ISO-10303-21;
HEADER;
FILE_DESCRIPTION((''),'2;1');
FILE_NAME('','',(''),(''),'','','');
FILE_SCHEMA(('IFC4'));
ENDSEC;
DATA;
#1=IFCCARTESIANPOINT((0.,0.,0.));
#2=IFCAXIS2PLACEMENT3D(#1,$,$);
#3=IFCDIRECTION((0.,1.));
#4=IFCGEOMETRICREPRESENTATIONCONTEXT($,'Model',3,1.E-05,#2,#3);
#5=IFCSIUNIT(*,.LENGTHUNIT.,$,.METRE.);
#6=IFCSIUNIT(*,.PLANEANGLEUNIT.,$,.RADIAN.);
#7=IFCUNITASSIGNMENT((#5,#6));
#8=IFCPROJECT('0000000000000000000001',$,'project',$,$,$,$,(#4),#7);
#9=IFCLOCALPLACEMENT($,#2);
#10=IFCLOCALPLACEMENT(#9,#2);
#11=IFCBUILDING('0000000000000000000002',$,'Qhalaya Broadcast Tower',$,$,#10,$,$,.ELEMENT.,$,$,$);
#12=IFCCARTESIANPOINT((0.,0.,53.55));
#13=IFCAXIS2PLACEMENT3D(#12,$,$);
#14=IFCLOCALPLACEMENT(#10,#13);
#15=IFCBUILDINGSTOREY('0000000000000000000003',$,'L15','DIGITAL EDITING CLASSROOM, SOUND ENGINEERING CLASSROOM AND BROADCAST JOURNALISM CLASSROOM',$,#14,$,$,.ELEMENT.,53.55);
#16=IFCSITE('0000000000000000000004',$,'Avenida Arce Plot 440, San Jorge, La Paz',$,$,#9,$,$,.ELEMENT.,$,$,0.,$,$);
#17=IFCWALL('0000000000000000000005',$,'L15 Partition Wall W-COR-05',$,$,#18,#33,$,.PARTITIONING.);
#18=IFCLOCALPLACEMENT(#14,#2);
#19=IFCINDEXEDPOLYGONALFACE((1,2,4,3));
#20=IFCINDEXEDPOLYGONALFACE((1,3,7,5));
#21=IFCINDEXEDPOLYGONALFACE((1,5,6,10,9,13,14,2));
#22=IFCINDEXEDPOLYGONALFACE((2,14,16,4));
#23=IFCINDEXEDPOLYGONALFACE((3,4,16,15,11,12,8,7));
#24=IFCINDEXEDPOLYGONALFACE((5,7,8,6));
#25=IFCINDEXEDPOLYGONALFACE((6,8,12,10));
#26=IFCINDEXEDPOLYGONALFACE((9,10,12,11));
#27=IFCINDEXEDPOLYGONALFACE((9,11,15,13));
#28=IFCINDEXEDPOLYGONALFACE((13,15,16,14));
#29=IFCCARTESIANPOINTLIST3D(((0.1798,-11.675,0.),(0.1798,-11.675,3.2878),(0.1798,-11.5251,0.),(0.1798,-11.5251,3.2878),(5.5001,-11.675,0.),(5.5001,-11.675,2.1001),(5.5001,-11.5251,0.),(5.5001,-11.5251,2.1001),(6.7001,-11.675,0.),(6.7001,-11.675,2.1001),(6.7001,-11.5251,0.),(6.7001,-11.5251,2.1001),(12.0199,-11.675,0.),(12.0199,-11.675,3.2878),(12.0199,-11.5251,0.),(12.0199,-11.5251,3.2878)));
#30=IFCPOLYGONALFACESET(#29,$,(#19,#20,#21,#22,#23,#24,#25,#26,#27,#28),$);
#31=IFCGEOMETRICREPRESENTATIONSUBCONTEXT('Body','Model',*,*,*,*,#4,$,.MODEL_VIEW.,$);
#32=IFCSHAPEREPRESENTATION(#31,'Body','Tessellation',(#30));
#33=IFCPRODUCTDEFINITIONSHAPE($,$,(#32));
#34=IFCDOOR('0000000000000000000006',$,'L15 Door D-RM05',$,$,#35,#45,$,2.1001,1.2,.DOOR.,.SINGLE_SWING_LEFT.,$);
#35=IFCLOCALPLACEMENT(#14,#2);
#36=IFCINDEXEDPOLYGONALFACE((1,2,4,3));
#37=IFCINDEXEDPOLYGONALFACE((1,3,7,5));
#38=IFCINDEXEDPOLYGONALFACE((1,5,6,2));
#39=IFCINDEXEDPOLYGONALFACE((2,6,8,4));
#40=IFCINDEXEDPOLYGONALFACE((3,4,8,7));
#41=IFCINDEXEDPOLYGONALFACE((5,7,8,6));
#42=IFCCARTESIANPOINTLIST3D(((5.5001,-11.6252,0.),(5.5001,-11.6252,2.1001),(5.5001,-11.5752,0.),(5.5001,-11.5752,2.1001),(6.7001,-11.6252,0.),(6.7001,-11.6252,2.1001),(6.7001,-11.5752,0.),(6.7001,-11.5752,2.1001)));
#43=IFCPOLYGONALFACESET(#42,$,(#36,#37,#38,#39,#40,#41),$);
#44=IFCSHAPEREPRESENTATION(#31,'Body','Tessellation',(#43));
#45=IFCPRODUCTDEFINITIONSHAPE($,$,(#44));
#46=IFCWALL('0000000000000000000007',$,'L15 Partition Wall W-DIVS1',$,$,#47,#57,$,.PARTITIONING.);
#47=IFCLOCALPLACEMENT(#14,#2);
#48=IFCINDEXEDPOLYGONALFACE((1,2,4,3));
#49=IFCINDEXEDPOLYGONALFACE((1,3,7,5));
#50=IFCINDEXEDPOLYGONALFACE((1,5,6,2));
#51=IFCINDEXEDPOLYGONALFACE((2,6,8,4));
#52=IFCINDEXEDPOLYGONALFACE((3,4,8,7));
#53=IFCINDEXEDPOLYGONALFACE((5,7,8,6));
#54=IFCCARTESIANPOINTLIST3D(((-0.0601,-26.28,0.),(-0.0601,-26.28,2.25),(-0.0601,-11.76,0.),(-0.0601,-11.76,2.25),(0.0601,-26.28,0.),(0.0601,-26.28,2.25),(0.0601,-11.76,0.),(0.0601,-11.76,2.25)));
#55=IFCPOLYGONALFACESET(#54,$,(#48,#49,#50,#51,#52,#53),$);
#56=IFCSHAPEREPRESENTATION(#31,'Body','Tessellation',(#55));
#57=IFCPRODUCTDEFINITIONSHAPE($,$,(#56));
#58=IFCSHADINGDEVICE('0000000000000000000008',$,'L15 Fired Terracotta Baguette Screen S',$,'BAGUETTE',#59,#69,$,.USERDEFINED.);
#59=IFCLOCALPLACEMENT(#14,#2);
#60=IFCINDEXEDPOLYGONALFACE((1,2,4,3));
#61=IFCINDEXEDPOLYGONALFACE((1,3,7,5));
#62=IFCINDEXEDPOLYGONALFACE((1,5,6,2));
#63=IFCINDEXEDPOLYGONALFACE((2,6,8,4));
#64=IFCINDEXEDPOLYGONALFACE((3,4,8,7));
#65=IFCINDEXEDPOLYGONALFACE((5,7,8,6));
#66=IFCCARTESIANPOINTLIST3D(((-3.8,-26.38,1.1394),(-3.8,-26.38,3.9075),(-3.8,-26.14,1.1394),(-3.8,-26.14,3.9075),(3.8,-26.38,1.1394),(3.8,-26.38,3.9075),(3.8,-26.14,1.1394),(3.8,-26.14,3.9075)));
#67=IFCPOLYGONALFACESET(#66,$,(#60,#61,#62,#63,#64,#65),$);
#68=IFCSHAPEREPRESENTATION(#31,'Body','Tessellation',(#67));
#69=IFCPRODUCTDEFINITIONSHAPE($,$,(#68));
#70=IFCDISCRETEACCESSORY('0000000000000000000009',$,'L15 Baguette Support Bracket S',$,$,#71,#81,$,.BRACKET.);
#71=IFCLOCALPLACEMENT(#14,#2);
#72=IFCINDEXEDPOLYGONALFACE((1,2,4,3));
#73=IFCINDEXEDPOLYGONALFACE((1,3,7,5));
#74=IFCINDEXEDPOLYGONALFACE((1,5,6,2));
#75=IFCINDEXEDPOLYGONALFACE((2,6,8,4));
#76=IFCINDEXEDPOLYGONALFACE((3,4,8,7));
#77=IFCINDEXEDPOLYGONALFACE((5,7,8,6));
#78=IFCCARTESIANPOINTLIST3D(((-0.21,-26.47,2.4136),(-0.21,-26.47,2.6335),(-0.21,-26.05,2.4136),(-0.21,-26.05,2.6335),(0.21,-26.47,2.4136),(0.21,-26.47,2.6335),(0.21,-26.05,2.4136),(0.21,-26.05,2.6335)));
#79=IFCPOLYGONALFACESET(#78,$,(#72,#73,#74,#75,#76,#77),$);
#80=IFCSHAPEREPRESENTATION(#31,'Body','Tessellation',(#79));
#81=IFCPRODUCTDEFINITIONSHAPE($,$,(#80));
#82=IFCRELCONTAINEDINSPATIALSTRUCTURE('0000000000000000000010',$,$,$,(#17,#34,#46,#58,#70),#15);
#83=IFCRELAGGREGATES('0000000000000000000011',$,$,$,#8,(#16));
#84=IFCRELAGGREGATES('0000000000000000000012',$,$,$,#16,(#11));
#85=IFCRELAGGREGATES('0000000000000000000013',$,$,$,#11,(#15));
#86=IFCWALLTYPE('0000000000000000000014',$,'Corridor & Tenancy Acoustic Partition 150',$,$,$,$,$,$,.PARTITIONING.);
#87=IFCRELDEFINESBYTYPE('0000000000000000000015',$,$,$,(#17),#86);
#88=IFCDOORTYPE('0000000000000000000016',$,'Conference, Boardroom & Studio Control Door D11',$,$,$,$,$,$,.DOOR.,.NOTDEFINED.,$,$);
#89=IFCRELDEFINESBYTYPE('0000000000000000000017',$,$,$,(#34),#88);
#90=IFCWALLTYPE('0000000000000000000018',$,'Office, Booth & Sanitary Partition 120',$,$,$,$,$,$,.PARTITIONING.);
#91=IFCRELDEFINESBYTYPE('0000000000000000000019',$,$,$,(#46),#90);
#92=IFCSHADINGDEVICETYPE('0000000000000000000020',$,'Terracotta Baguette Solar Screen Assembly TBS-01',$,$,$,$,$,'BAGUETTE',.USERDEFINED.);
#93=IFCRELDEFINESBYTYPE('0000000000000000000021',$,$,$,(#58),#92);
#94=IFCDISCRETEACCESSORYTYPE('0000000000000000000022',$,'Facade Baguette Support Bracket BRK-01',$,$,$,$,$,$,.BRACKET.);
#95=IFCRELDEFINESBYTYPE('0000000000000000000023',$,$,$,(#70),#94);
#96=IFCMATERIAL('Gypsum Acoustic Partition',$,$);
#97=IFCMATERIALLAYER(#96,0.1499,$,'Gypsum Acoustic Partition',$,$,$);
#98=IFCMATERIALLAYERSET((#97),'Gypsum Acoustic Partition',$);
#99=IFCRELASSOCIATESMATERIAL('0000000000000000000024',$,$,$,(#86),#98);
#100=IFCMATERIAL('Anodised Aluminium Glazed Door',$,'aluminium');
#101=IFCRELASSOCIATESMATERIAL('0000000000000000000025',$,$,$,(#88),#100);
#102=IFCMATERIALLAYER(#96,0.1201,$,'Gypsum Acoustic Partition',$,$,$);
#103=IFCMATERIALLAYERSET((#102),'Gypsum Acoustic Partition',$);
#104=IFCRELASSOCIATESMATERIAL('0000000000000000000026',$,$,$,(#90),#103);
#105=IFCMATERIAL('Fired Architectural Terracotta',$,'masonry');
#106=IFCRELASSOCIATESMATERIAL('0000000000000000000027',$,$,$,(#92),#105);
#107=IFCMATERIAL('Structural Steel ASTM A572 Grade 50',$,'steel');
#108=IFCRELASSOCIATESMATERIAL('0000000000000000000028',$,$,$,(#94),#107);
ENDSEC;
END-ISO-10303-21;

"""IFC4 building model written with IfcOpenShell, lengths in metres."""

from ifc_helpers import new_model, si_unit, direction, frame, frame_2d, origin, origin_2d, place, context, subcontext, project, spatial, rectangle, extrude, material, layer, layer_set, type_object, element, fill, save


model = new_model("IFC4")

# Units and contexts
model_context = context("Model", 3, precision=1e-05, world=origin(), true_north=direction((0.0, 1.0)))
body_context = subcontext(model_context, "Body", "Model", "MODEL_VIEW")
ifc_project = project(units=[si_unit("LENGTHUNIT", "METRE"), si_unit("PLANEANGLEUNIT", "RADIAN")], contexts=[model_context])

# Site, building, storey
site_placement = place(None, origin())
site = spatial("IfcSite", under=ifc_project, at=site_placement, Name="Avenida Arce Plot 440, San Jorge, La Paz", CompositionType="ELEMENT", RefElevation=0.0)
building_placement = place(site_placement, origin())
building = spatial("IfcBuilding", under=site, at=building_placement, Name="Qhalaya Broadcast Tower", CompositionType="ELEMENT")
storey_placement = place(building_placement, frame((0.0, 0.0, 53.55)))
storey = spatial("IfcBuildingStorey", under=building, at=storey_placement, Name="L15", Description="DIGITAL EDITING CLASSROOM, SOUND ENGINEERING CLASSROOM AND BROADCAST JOURNALISM CLASSROOM", CompositionType="ELEMENT", Elevation=53.55)

# Shared definitions
ifc_material_1 = material(Name="Structural Steel ASTM A572 Grade 50", Category="steel")

# Shared definitions
ifc_material_2 = material(Name="Fired Architectural Terracotta", Category="masonry")

# Wall, opening, door
ifc_material_3 = material(Name="Gypsum Acoustic Partition")
ifc_layer_1 = layer(ifc_material_3, 0.1499, Name="Gypsum Acoustic Partition")
ifc_layer_set_1 = layer_set([ifc_layer_1], Name="Gypsum Acoustic Partition")
wall_type_1 = type_object("IfcWallType", Name="Corridor & Tenancy Acoustic Partition 150", PredefinedType="PARTITIONING", material=ifc_layer_set_1)
wall_1_placement = place(storey_placement, frame((0.1799, -11.6001, 0.0), z_axis=(0.0, 0.0, 1.0), x_axis=(1.0, 0.0, 0.0)))
wall_1 = element("IfcWall", 1, at=wall_1_placement, inside=storey, type_object=wall_type_1, Name="L15 Partition Wall W-COR-05", PredefinedType="PARTITIONING", context=body_context, shape_type="SweptSolid", body=[
    extrude(rectangle(XDim=11.8401, YDim=0.1499, at=frame_2d((5.9199, 0.0))), origin(), (0.0, 0.0, 1.0), 3.2878),
])
opening_placement = place(wall_1_placement, frame((5.3201, 0.0, 0.0)))
opening = element("IfcOpeningElement", 2, at=opening_placement, cuts=wall_1, PredefinedType="OPENING", context=body_context, shape_type="SweptSolid", body=[
    extrude(rectangle(XDim=1.2, YDim=2.1001, at=frame_2d((0.6001, 1.05))), frame((0.0, 0.0869, 0.0), z_axis=(0.0, -1.0, 0.0), x_axis=(1.0, 0.0, 0.0)), (0.0, 0.0, 1.0), 0.1738),
])
ifc_material_4 = material(Name="Anodised Aluminium Glazed Door", Category="aluminium")
door_type = type_object("IfcDoorType", Name="Conference, Boardroom & Studio Control Door D11", OperationType="NOTDEFINED", PredefinedType="DOOR", material=ifc_material_4)
door_placement = place(opening_placement, origin())
door = element("IfcDoor", 3, at=door_placement, inside=storey, type_object=door_type, Name="L15 Door D-RM05", OperationType="SINGLE_SWING_LEFT", OverallHeight=2.1001, OverallWidth=1.2, PredefinedType="DOOR", context=body_context, shape_type="SweptSolid", body=[
    extrude(rectangle(XDim=1.2, YDim=2.1001, at=frame_2d((0.6001, 1.05))), frame((0.0, 0.0249, 0.0), z_axis=(0.0, -1.0, 0.0), x_axis=(1.0, 0.0, 0.0)), (0.0, 0.0, 1.0), 0.05),
])
fill(opening, door)

# Wall
ifc_layer_2 = layer(ifc_material_3, 0.1201, Name="Gypsum Acoustic Partition")
ifc_layer_set_2 = layer_set([ifc_layer_2], Name="Gypsum Acoustic Partition")
wall_type_2 = type_object("IfcWallType", Name="Office, Booth & Sanitary Partition 120", PredefinedType="PARTITIONING", material=ifc_layer_set_2)
wall_2_placement = place(storey_placement, frame((0.0, -26.28, 0.0), z_axis=(0.0, 0.0, 1.0), x_axis=(0.0, 1.0, 0.0)))
element("IfcWall", 4, at=wall_2_placement, inside=storey, type_object=wall_type_2, Name="L15 Partition Wall W-DIVS1", PredefinedType="PARTITIONING", context=body_context, shape_type="SweptSolid", body=[
    extrude(rectangle(XDim=14.52, YDim=0.1201, at=frame_2d((7.26, 0.0))), origin(), (0.0, 0.0, 1.0), 2.25),
])

# Shading device
shading_device_type = type_object("IfcShadingDeviceType", Name="Terracotta Baguette Solar Screen Assembly TBS-01", ElementType="BAGUETTE", PredefinedType="USERDEFINED", material=ifc_material_2)
shading_device_placement = place(storey_placement, frame((0.0, -26.26, 1.1394), z_axis=(0.0, 0.0, 1.0), x_axis=(1.0, 0.0, 0.0)))
element("IfcShadingDevice", 5, at=shading_device_placement, inside=storey, type_object=shading_device_type, Name="L15 Fired Terracotta Baguette Screen S", ObjectType="BAGUETTE", PredefinedType="USERDEFINED", context=body_context, shape_type="SweptSolid", body=[
    extrude(rectangle(XDim=7.6001, YDim=0.24, at=origin_2d()), origin(), (0.0, 0.0, 1.0), 2.7681),
])

# Discrete accessory
discrete_accessory_type = type_object("IfcDiscreteAccessoryType", Name="Facade Baguette Support Bracket BRK-01", PredefinedType="BRACKET", material=ifc_material_1)
discrete_accessory_placement = place(storey_placement, frame((0.0, -26.26, 2.4136), z_axis=(0.0, 0.0, 1.0), x_axis=(1.0, 0.0, 0.0)))
element("IfcDiscreteAccessory", 6, at=discrete_accessory_placement, inside=storey, type_object=discrete_accessory_type, Name="L15 Baguette Support Bracket S", PredefinedType="BRACKET", context=body_context, shape_type="SweptSolid", body=[
    extrude(rectangle(XDim=0.4199, YDim=0.4199, at=origin_2d()), origin(), (0.0, 0.0, 1.0), 0.22),
])

save(model, "model.ifc")
